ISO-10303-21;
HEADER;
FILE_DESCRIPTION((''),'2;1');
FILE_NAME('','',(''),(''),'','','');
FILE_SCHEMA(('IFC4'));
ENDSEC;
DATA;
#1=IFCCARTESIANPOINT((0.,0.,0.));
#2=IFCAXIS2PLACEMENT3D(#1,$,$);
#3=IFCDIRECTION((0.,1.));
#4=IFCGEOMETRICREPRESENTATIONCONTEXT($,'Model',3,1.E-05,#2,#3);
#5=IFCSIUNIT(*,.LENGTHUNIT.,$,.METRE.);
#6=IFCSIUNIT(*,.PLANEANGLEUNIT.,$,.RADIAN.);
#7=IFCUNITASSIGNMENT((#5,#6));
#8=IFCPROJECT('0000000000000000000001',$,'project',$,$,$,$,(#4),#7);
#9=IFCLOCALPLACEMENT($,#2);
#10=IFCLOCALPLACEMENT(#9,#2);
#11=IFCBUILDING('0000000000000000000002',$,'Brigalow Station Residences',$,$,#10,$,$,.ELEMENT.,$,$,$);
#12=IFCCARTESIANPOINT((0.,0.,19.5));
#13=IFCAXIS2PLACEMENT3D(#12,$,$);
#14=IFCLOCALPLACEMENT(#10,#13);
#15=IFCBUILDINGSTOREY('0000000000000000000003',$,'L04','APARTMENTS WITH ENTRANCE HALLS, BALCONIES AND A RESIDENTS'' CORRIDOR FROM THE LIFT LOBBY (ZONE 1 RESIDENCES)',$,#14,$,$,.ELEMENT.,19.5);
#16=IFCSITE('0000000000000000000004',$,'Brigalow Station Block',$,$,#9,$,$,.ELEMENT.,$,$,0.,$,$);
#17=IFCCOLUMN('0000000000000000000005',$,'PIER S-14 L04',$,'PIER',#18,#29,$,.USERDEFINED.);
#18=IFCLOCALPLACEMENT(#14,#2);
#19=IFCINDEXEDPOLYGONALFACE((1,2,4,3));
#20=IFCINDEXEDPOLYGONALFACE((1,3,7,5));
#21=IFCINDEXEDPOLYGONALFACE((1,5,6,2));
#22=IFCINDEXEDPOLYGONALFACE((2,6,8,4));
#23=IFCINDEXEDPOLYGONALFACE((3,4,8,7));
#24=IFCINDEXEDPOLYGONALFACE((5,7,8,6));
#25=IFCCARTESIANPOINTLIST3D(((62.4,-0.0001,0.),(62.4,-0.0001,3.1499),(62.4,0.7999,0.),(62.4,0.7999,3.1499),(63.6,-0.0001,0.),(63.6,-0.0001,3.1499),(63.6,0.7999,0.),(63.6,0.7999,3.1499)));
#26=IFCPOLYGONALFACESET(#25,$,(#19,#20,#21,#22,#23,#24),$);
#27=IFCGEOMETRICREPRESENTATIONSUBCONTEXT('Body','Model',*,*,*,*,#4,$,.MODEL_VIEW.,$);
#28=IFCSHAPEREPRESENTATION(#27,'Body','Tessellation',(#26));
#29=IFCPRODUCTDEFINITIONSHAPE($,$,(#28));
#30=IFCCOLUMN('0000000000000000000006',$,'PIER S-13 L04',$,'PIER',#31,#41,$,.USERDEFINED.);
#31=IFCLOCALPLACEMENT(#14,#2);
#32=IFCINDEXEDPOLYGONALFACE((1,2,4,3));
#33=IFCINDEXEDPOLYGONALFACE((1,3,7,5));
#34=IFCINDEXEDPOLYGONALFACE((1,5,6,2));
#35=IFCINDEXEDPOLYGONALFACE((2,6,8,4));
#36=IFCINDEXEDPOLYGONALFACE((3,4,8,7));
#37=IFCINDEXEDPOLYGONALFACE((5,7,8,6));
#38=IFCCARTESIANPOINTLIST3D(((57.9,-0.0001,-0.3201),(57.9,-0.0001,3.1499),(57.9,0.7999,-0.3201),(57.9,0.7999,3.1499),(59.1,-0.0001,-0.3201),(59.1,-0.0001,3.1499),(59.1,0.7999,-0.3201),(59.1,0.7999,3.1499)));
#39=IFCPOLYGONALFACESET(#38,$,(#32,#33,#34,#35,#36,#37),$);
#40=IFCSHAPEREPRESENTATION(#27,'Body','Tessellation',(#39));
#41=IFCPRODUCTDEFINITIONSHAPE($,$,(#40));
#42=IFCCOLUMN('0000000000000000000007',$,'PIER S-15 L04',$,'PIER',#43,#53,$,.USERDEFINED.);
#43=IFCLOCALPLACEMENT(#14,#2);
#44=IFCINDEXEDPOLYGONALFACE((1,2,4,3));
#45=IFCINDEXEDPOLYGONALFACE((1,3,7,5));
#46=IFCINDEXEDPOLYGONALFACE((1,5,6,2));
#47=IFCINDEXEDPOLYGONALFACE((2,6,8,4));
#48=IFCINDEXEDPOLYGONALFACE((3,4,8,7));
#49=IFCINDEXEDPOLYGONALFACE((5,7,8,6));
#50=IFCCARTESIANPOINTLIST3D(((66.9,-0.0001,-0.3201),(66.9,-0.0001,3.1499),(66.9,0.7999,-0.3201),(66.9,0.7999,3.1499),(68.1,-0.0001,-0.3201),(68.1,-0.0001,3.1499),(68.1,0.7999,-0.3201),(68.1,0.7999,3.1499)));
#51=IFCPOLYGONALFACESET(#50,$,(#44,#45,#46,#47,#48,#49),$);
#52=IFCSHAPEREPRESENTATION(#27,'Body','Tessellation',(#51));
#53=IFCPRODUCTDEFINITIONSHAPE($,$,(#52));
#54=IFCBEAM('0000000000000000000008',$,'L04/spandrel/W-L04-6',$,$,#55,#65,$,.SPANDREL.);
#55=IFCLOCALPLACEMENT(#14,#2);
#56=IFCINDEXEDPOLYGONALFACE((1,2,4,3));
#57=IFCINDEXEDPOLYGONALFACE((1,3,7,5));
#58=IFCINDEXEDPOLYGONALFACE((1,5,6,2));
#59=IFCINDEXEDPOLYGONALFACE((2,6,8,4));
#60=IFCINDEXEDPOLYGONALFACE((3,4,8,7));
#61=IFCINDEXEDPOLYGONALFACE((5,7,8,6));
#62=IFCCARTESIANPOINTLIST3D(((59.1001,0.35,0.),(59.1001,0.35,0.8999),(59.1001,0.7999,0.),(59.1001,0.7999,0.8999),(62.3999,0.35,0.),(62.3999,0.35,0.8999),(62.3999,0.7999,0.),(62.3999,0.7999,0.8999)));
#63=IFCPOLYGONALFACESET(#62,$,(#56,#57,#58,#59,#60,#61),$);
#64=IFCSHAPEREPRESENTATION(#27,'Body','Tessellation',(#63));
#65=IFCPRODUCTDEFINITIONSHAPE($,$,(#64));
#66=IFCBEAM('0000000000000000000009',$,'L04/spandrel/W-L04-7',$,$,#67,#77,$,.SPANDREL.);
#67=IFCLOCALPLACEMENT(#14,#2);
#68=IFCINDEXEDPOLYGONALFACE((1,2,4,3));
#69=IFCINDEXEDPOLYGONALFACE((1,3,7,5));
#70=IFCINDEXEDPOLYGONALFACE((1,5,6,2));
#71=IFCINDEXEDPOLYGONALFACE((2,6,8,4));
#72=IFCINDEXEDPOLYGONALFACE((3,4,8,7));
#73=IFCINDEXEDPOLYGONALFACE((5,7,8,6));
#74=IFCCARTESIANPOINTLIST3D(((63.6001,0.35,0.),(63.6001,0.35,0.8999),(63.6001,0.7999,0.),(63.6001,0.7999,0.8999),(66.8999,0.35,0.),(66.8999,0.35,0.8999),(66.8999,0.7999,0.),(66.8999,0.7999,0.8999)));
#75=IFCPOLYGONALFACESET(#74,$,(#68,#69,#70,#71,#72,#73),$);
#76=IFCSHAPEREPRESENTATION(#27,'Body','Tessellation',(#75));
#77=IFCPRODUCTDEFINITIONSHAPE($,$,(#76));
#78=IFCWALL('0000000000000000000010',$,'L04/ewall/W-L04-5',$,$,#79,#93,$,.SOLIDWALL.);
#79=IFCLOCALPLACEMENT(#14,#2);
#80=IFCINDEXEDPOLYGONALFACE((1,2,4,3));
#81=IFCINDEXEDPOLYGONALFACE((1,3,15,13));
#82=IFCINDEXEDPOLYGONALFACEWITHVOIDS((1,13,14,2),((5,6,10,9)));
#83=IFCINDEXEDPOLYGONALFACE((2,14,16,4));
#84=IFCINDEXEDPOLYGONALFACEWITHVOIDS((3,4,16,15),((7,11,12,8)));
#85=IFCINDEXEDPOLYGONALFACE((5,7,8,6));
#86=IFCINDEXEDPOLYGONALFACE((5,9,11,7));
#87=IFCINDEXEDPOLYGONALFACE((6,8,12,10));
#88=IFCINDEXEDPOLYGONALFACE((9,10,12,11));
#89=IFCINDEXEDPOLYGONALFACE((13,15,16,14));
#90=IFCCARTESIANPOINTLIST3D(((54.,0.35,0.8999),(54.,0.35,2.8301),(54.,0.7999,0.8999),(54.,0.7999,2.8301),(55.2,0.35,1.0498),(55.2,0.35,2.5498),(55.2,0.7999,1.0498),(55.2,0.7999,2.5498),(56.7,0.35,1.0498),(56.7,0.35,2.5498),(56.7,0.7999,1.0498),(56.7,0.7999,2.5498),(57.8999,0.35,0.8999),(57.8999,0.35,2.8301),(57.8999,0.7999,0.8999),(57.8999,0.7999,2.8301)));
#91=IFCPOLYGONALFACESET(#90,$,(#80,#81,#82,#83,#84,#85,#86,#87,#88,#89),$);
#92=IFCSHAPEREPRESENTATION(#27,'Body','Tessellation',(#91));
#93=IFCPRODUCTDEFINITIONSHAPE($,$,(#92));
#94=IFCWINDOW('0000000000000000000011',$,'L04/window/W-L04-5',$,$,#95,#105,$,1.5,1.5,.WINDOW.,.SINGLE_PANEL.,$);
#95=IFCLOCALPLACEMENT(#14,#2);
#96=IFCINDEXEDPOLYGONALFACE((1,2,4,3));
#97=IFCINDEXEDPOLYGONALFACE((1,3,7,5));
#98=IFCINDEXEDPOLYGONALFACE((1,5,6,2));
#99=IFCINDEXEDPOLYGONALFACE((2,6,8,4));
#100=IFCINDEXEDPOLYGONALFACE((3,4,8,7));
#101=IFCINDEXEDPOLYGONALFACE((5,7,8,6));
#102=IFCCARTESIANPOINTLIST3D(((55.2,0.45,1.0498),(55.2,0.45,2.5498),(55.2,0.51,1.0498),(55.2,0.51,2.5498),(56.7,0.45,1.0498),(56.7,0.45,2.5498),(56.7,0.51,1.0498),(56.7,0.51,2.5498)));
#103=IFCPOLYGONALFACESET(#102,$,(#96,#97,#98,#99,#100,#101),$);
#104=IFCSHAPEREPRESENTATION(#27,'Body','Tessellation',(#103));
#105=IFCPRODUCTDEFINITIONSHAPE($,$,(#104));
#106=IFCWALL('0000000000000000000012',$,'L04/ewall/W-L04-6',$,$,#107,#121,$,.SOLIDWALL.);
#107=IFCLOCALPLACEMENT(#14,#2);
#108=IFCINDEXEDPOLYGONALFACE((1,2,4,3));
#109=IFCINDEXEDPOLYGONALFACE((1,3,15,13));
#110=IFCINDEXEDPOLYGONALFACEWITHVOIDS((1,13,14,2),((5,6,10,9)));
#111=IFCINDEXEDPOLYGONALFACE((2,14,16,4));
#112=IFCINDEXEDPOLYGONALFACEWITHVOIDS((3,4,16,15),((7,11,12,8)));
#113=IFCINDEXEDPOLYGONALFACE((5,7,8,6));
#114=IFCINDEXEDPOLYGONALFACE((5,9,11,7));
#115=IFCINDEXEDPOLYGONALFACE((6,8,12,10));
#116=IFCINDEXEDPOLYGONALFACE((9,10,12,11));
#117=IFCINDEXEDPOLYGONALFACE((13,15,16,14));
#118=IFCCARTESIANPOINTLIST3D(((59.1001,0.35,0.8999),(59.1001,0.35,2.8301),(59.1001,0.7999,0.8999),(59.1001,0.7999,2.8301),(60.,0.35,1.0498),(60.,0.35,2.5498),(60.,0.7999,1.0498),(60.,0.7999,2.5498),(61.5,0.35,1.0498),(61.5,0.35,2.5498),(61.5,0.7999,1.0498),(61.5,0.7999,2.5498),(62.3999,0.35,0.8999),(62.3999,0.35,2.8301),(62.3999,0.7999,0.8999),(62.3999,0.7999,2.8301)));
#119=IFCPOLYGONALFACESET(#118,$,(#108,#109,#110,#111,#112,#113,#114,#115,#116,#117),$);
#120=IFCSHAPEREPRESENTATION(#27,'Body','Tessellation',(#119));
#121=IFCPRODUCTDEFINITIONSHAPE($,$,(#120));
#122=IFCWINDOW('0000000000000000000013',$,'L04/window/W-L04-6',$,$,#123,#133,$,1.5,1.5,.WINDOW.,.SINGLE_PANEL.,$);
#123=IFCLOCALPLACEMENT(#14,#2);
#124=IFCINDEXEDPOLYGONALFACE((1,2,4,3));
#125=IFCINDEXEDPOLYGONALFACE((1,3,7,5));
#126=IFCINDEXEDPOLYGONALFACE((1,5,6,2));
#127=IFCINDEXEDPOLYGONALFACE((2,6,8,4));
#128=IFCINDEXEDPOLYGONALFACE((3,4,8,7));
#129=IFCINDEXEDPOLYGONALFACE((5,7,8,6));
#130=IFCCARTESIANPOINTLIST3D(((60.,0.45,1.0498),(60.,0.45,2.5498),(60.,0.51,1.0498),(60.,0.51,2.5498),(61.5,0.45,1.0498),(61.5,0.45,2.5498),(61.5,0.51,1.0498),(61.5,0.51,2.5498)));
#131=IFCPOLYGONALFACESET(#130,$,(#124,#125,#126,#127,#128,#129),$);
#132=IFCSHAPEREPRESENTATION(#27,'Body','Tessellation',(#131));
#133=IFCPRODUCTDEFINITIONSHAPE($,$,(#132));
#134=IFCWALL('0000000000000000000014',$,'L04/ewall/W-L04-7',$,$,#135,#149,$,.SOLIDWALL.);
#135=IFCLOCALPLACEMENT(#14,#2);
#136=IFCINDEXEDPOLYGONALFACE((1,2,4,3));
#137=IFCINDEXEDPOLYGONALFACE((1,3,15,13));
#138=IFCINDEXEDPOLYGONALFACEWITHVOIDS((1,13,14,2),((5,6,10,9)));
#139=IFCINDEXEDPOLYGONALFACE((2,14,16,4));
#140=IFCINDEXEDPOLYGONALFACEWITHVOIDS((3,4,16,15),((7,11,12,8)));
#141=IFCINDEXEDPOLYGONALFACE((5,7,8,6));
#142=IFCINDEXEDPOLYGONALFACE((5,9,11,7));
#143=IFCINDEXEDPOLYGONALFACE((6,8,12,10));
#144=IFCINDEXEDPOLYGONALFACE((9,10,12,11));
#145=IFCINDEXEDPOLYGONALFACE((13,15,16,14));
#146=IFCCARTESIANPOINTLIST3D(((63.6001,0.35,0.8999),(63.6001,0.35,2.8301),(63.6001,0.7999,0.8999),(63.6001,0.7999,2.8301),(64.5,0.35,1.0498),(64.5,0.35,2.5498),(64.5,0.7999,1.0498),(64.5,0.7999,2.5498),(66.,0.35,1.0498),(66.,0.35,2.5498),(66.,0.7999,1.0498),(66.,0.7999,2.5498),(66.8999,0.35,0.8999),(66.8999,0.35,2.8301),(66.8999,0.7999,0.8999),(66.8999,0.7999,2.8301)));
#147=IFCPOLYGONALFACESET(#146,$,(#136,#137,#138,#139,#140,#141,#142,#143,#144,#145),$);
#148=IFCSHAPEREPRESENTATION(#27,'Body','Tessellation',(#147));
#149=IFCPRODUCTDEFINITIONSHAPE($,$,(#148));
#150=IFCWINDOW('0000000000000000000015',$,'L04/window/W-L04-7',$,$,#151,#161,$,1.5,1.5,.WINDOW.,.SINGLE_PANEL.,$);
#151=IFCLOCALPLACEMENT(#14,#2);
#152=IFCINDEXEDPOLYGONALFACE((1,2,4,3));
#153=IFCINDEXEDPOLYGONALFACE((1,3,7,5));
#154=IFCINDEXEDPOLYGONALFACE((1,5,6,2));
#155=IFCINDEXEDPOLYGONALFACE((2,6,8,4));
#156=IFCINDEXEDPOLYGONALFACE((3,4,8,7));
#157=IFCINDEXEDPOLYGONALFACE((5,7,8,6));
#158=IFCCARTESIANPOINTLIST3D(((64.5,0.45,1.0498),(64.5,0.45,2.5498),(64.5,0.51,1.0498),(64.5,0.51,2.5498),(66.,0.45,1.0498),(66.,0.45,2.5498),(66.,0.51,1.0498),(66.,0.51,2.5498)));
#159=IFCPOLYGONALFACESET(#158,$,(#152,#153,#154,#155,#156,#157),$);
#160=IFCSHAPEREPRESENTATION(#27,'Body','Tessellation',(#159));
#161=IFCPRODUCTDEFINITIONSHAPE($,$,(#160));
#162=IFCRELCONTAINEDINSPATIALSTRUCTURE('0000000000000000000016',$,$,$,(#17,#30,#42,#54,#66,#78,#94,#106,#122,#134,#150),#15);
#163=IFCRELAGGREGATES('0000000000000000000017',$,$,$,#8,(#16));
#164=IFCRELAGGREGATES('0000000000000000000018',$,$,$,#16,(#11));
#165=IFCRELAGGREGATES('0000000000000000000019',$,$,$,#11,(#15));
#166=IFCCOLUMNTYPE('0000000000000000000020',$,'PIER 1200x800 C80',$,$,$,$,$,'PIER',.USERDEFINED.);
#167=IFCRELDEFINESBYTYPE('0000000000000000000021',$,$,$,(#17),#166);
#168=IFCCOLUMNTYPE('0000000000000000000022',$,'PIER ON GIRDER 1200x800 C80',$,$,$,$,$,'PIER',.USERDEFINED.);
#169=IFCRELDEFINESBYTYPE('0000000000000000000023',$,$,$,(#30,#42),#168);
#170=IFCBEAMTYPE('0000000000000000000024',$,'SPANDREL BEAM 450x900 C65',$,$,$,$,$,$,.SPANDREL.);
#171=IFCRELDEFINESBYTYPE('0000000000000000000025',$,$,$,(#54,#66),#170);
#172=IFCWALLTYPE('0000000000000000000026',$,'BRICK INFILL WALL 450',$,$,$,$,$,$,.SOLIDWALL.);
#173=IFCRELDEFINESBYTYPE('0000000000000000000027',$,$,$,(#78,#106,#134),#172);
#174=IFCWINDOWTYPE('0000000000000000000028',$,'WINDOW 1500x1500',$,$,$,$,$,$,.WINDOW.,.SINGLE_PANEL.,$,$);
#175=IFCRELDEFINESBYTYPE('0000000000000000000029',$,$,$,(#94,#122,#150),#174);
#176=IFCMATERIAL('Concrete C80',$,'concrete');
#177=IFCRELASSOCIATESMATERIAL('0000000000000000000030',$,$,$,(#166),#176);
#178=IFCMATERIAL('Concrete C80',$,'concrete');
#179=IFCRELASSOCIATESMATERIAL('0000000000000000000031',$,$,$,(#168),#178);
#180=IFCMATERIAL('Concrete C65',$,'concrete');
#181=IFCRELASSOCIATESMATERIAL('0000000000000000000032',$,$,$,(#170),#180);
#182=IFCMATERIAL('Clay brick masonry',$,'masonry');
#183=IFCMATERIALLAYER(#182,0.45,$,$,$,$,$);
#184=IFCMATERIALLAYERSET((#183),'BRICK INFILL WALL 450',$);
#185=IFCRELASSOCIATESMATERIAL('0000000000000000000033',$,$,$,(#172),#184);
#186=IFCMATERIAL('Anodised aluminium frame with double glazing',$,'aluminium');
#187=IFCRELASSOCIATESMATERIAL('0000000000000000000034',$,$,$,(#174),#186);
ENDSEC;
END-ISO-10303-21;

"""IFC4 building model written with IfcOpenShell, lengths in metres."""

from ifc_helpers import new_model, si_unit, direction, frame, frame_2d, origin, origin_2d, place, context, subcontext, project, spatial, rectangle, extrude, material, layer, layer_set, material_profile, profile_set, type_object, element, fill, save


model = new_model("IFC4")

# Units and contexts
model_context = context("Model", 3, precision=1e-05, world=origin(), true_north=direction((0.0, 1.0)))
body_context = subcontext(model_context, "Body", "Model", "MODEL_VIEW")
ifc_project = project(units=[si_unit("LENGTHUNIT", "METRE"), si_unit("PLANEANGLEUNIT", "RADIAN")], contexts=[model_context])

# Site, building, storey
site_placement = place(None, origin())
site = spatial("IfcSite", under=ifc_project, at=site_placement, Name="Brigalow Station Block", CompositionType="ELEMENT", RefElevation=0.0)
building_placement = place(site_placement, origin())
building = spatial("IfcBuilding", under=site, at=building_placement, Name="Brigalow Station Residences", CompositionType="ELEMENT")
storey_placement = place(building_placement, frame((0.0, 0.0, 19.5)))
storey = spatial("IfcBuildingStorey", under=building, at=storey_placement, Name="L04", Description="APARTMENTS WITH ENTRANCE HALLS, BALCONIES AND A RESIDENTS' CORRIDOR FROM THE LIFT LOBBY (ZONE 1 RESIDENCES)", CompositionType="ELEMENT", Elevation=19.5)

# Columns
ifc_material_1 = material(Name="Concrete C80", Category="concrete")
ifc_material_profile_1 = material_profile(ifc_material_1, rectangle(XDim=1.2, YDim=0.8, at=origin_2d()), Name="RC1200x800")
ifc_profile_set_1 = profile_set([ifc_material_profile_1], Name="Concrete C80")
column_type_1 = type_object("IfcColumnType", Name="PIER 1200x800 C80", ElementType="PIER", PredefinedType="USERDEFINED", material=ifc_profile_set_1)
column_placement = place(storey_placement, frame((63.0, 0.3999, 0.0), z_axis=(0.0, 0.0, 1.0), x_axis=(1.0, 0.0, 0.0)))
element("IfcColumn", 1, at=column_placement, inside=storey, type_object=column_type_1, Name="PIER S-14 L04", ObjectType="PIER", PredefinedType="USERDEFINED", context=body_context, shape_type="SweptSolid", body=[
    extrude(rectangle(XDim=1.2, YDim=0.8, at=origin_2d()), origin(), (0.0, 0.0, 1.0), 3.1499),
])
ifc_material_2 = material(Name="Concrete C80", Category="concrete")
ifc_material_profile_2 = material_profile(ifc_material_2, rectangle(XDim=1.2, YDim=0.8, at=origin_2d()), Name="RC1200x800")
ifc_profile_set_2 = profile_set([ifc_material_profile_2], Name="Concrete C80")
column_type_2 = type_object("IfcColumnType", Name="PIER ON GIRDER 1200x800 C80", ElementType="PIER", PredefinedType="USERDEFINED", material=ifc_profile_set_2)
for number, where, z_axis, x_axis, name in (
    (2, (58.5, 0.3999, -0.3201), (0.0, 0.0, 1.0), (1.0, 0.0, 0.0), "PIER S-13 L04"),
    (3, (67.5, 0.3999, -0.3201), (0.0, 0.0, 1.0), (1.0, 0.0, 0.0), "PIER S-15 L04"),
):
    element("IfcColumn", number, at=place(storey_placement, frame(where, z_axis=z_axis, x_axis=x_axis)), inside=storey, type_object=column_type_2, Name=name, ObjectType="PIER", PredefinedType="USERDEFINED", context=body_context, shape_type="SweptSolid", body=[
        extrude(rectangle(XDim=1.2, YDim=0.8, at=origin_2d()), origin(), (0.0, 0.0, 1.0), 3.47),
    ])

# Beams
ifc_material_3 = material(Name="Concrete C65", Category="concrete")
ifc_material_profile_3 = material_profile(ifc_material_3, rectangle(XDim=0.45, YDim=0.8999, at=origin_2d()), Name="RC450x900")
ifc_profile_set_3 = profile_set([ifc_material_profile_3], Name="Concrete C65")
beam_type = type_object("IfcBeamType", Name="SPANDREL BEAM 450x900 C65", PredefinedType="SPANDREL", material=ifc_profile_set_3)
for number, where, z_axis, x_axis, name in (
    (4, (59.1001, 0.575, 0.45), (1.0, 0.0, 0.0), (0.0, 1.0, 0.0), "L04/spandrel/W-L04-6"),
    (5, (63.6001, 0.575, 0.45), (1.0, 0.0, 0.0), (0.0, 1.0, 0.0), "L04/spandrel/W-L04-7"),
):
    element("IfcBeam", number, at=place(storey_placement, frame(where, z_axis=z_axis, x_axis=x_axis)), inside=storey, type_object=beam_type, Name=name, PredefinedType="SPANDREL", context=body_context, shape_type="SweptSolid", body=[
        extrude(rectangle(XDim=0.45, YDim=0.8999, at=origin_2d()), origin(), (0.0, 0.0, 1.0), 3.2998),
    ])

# Walls, openings, windows
ifc_material_4 = material(Name="Clay brick masonry", Category="masonry")
ifc_layer_1 = layer(ifc_material_4, 0.45)
ifc_layer_set_1 = layer_set([ifc_layer_1], Name="BRICK INFILL WALL 450")
wall_type_1 = type_object("IfcWallType", Name="BRICK INFILL WALL 450", PredefinedType="SOLIDWALL", material=ifc_layer_set_1)
wall_1_placement = place(storey_placement, frame((54.0, 0.575, 0.8999), z_axis=(0.0, 0.0, 1.0), x_axis=(1.0, 0.0, 0.0)))
wall_1 = element("IfcWall", 6, at=wall_1_placement, inside=storey, type_object=wall_type_1, Name="L04/ewall/W-L04-5", PredefinedType="SOLIDWALL", context=body_context, shape_type="SweptSolid", body=[
    extrude(rectangle(XDim=3.8999, YDim=0.45, at=frame_2d((1.95, 0.0))), origin(), (0.0, 0.0, 1.0), 1.9302),
])
opening_1_placement = place(wall_1_placement, frame((1.2, 0.0, 0.1499)))
opening_1 = element("IfcOpeningElement", 7, at=opening_1_placement, cuts=wall_1, PredefinedType="OPENING", context=body_context, shape_type="SweptSolid", body=[
    extrude(rectangle(XDim=1.5, YDim=1.5, at=frame_2d((0.75, 0.75))), frame((0.0, 0.2349, 0.0), z_axis=(0.0, -1.0, 0.0), x_axis=(1.0, 0.0, 0.0)), (0.0, 0.0, 1.0), 0.47),
])
ifc_material_5 = material(Name="Anodised aluminium frame with double glazing", Category="aluminium")
window_type = type_object("IfcWindowType", Name="WINDOW 1500x1500", PartitioningType="SINGLE_PANEL", PredefinedType="WINDOW", material=ifc_material_5)
window_1_placement = place(opening_1_placement, origin())
window_1 = element("IfcWindow", 8, at=window_1_placement, inside=storey, type_object=window_type, Name="L04/window/W-L04-5", OverallHeight=1.5, OverallWidth=1.5, PartitioningType="SINGLE_PANEL", PredefinedType="WINDOW", context=body_context, shape_type="SweptSolid", body=[
    extrude(rectangle(XDim=1.5, YDim=1.5, at=frame_2d((0.75, 0.75))), frame((0.0, -0.0649, 0.0), z_axis=(0.0, -1.0, 0.0), x_axis=(1.0, 0.0, 0.0)), (0.0, 0.0, 1.0), 0.0601),
])
fill(opening_1, window_1)
wall_2_placement = place(storey_placement, frame((59.1001, 0.575, 0.8999), z_axis=(0.0, 0.0, 1.0), x_axis=(1.0, 0.0, 0.0)))
wall_2 = element("IfcWall", 9, at=wall_2_placement, inside=storey, type_object=wall_type_1, Name="L04/ewall/W-L04-6", PredefinedType="SOLIDWALL", context=body_context, shape_type="SweptSolid", body=[
    extrude(rectangle(XDim=3.2998, YDim=0.45, at=frame_2d((1.6499, 0.0))), origin(), (0.0, 0.0, 1.0), 1.9302),
])
opening_2_placement = place(wall_2_placement, frame((0.8999, 0.0, 0.1499)))
opening_2 = element("IfcOpeningElement", 10, at=opening_2_placement, cuts=wall_2, PredefinedType="OPENING", context=body_context, shape_type="SweptSolid", body=[
    extrude(rectangle(XDim=1.5, YDim=1.5, at=frame_2d((0.75, 0.75))), frame((0.0, 0.2349, 0.0), z_axis=(0.0, -1.0, 0.0), x_axis=(1.0, 0.0, 0.0)), (0.0, 0.0, 1.0), 0.47),
])
window_2_placement = place(opening_2_placement, origin())
window_2 = element("IfcWindow", 11, at=window_2_placement, inside=storey, type_object=window_type, Name="L04/window/W-L04-6", OverallHeight=1.5, OverallWidth=1.5, PartitioningType="SINGLE_PANEL", PredefinedType="WINDOW", context=body_context, shape_type="SweptSolid", body=[
    extrude(rectangle(XDim=1.5, YDim=1.5, at=frame_2d((0.75, 0.75))), frame((0.0, -0.0649, 0.0), z_axis=(0.0, -1.0, 0.0), x_axis=(1.0, 0.0, 0.0)), (0.0, 0.0, 1.0), 0.0601),
])
fill(opening_2, window_2)
wall_3_placement = place(storey_placement, frame((63.6001, 0.575, 0.8999), z_axis=(0.0, 0.0, 1.0), x_axis=(1.0, 0.0, 0.0)))
wall_3 = element("IfcWall", 12, at=wall_3_placement, inside=storey, type_object=wall_type_1, Name="L04/ewall/W-L04-7", PredefinedType="SOLIDWALL", context=body_context, shape_type="SweptSolid", body=[
    extrude(rectangle(XDim=3.2998, YDim=0.45, at=frame_2d((1.6499, 0.0))), origin(), (0.0, 0.0, 1.0), 1.9302),
])
opening_3_placement = place(wall_3_placement, frame((0.8999, 0.0, 0.1499)))
opening_3 = element("IfcOpeningElement", 13, at=opening_3_placement, cuts=wall_3, PredefinedType="OPENING", context=body_context, shape_type="SweptSolid", body=[
    extrude(rectangle(XDim=1.5, YDim=1.5, at=frame_2d((0.75, 0.75))), frame((0.0, 0.2349, 0.0), z_axis=(0.0, -1.0, 0.0), x_axis=(1.0, 0.0, 0.0)), (0.0, 0.0, 1.0), 0.47),
])
window_3_placement = place(opening_3_placement, origin())
window_3 = element("IfcWindow", 14, at=window_3_placement, inside=storey, type_object=window_type, Name="L04/window/W-L04-7", OverallHeight=1.5, OverallWidth=1.5, PartitioningType="SINGLE_PANEL", PredefinedType="WINDOW", context=body_context, shape_type="SweptSolid", body=[
    extrude(rectangle(XDim=1.5, YDim=1.5, at=frame_2d((0.75, 0.75))), frame((0.0, -0.0649, 0.0), z_axis=(0.0, -1.0, 0.0), x_axis=(1.0, 0.0, 0.0)), (0.0, 0.0, 1.0), 0.0601),
])
fill(opening_3, window_3)

save(model, "model.ifc")
